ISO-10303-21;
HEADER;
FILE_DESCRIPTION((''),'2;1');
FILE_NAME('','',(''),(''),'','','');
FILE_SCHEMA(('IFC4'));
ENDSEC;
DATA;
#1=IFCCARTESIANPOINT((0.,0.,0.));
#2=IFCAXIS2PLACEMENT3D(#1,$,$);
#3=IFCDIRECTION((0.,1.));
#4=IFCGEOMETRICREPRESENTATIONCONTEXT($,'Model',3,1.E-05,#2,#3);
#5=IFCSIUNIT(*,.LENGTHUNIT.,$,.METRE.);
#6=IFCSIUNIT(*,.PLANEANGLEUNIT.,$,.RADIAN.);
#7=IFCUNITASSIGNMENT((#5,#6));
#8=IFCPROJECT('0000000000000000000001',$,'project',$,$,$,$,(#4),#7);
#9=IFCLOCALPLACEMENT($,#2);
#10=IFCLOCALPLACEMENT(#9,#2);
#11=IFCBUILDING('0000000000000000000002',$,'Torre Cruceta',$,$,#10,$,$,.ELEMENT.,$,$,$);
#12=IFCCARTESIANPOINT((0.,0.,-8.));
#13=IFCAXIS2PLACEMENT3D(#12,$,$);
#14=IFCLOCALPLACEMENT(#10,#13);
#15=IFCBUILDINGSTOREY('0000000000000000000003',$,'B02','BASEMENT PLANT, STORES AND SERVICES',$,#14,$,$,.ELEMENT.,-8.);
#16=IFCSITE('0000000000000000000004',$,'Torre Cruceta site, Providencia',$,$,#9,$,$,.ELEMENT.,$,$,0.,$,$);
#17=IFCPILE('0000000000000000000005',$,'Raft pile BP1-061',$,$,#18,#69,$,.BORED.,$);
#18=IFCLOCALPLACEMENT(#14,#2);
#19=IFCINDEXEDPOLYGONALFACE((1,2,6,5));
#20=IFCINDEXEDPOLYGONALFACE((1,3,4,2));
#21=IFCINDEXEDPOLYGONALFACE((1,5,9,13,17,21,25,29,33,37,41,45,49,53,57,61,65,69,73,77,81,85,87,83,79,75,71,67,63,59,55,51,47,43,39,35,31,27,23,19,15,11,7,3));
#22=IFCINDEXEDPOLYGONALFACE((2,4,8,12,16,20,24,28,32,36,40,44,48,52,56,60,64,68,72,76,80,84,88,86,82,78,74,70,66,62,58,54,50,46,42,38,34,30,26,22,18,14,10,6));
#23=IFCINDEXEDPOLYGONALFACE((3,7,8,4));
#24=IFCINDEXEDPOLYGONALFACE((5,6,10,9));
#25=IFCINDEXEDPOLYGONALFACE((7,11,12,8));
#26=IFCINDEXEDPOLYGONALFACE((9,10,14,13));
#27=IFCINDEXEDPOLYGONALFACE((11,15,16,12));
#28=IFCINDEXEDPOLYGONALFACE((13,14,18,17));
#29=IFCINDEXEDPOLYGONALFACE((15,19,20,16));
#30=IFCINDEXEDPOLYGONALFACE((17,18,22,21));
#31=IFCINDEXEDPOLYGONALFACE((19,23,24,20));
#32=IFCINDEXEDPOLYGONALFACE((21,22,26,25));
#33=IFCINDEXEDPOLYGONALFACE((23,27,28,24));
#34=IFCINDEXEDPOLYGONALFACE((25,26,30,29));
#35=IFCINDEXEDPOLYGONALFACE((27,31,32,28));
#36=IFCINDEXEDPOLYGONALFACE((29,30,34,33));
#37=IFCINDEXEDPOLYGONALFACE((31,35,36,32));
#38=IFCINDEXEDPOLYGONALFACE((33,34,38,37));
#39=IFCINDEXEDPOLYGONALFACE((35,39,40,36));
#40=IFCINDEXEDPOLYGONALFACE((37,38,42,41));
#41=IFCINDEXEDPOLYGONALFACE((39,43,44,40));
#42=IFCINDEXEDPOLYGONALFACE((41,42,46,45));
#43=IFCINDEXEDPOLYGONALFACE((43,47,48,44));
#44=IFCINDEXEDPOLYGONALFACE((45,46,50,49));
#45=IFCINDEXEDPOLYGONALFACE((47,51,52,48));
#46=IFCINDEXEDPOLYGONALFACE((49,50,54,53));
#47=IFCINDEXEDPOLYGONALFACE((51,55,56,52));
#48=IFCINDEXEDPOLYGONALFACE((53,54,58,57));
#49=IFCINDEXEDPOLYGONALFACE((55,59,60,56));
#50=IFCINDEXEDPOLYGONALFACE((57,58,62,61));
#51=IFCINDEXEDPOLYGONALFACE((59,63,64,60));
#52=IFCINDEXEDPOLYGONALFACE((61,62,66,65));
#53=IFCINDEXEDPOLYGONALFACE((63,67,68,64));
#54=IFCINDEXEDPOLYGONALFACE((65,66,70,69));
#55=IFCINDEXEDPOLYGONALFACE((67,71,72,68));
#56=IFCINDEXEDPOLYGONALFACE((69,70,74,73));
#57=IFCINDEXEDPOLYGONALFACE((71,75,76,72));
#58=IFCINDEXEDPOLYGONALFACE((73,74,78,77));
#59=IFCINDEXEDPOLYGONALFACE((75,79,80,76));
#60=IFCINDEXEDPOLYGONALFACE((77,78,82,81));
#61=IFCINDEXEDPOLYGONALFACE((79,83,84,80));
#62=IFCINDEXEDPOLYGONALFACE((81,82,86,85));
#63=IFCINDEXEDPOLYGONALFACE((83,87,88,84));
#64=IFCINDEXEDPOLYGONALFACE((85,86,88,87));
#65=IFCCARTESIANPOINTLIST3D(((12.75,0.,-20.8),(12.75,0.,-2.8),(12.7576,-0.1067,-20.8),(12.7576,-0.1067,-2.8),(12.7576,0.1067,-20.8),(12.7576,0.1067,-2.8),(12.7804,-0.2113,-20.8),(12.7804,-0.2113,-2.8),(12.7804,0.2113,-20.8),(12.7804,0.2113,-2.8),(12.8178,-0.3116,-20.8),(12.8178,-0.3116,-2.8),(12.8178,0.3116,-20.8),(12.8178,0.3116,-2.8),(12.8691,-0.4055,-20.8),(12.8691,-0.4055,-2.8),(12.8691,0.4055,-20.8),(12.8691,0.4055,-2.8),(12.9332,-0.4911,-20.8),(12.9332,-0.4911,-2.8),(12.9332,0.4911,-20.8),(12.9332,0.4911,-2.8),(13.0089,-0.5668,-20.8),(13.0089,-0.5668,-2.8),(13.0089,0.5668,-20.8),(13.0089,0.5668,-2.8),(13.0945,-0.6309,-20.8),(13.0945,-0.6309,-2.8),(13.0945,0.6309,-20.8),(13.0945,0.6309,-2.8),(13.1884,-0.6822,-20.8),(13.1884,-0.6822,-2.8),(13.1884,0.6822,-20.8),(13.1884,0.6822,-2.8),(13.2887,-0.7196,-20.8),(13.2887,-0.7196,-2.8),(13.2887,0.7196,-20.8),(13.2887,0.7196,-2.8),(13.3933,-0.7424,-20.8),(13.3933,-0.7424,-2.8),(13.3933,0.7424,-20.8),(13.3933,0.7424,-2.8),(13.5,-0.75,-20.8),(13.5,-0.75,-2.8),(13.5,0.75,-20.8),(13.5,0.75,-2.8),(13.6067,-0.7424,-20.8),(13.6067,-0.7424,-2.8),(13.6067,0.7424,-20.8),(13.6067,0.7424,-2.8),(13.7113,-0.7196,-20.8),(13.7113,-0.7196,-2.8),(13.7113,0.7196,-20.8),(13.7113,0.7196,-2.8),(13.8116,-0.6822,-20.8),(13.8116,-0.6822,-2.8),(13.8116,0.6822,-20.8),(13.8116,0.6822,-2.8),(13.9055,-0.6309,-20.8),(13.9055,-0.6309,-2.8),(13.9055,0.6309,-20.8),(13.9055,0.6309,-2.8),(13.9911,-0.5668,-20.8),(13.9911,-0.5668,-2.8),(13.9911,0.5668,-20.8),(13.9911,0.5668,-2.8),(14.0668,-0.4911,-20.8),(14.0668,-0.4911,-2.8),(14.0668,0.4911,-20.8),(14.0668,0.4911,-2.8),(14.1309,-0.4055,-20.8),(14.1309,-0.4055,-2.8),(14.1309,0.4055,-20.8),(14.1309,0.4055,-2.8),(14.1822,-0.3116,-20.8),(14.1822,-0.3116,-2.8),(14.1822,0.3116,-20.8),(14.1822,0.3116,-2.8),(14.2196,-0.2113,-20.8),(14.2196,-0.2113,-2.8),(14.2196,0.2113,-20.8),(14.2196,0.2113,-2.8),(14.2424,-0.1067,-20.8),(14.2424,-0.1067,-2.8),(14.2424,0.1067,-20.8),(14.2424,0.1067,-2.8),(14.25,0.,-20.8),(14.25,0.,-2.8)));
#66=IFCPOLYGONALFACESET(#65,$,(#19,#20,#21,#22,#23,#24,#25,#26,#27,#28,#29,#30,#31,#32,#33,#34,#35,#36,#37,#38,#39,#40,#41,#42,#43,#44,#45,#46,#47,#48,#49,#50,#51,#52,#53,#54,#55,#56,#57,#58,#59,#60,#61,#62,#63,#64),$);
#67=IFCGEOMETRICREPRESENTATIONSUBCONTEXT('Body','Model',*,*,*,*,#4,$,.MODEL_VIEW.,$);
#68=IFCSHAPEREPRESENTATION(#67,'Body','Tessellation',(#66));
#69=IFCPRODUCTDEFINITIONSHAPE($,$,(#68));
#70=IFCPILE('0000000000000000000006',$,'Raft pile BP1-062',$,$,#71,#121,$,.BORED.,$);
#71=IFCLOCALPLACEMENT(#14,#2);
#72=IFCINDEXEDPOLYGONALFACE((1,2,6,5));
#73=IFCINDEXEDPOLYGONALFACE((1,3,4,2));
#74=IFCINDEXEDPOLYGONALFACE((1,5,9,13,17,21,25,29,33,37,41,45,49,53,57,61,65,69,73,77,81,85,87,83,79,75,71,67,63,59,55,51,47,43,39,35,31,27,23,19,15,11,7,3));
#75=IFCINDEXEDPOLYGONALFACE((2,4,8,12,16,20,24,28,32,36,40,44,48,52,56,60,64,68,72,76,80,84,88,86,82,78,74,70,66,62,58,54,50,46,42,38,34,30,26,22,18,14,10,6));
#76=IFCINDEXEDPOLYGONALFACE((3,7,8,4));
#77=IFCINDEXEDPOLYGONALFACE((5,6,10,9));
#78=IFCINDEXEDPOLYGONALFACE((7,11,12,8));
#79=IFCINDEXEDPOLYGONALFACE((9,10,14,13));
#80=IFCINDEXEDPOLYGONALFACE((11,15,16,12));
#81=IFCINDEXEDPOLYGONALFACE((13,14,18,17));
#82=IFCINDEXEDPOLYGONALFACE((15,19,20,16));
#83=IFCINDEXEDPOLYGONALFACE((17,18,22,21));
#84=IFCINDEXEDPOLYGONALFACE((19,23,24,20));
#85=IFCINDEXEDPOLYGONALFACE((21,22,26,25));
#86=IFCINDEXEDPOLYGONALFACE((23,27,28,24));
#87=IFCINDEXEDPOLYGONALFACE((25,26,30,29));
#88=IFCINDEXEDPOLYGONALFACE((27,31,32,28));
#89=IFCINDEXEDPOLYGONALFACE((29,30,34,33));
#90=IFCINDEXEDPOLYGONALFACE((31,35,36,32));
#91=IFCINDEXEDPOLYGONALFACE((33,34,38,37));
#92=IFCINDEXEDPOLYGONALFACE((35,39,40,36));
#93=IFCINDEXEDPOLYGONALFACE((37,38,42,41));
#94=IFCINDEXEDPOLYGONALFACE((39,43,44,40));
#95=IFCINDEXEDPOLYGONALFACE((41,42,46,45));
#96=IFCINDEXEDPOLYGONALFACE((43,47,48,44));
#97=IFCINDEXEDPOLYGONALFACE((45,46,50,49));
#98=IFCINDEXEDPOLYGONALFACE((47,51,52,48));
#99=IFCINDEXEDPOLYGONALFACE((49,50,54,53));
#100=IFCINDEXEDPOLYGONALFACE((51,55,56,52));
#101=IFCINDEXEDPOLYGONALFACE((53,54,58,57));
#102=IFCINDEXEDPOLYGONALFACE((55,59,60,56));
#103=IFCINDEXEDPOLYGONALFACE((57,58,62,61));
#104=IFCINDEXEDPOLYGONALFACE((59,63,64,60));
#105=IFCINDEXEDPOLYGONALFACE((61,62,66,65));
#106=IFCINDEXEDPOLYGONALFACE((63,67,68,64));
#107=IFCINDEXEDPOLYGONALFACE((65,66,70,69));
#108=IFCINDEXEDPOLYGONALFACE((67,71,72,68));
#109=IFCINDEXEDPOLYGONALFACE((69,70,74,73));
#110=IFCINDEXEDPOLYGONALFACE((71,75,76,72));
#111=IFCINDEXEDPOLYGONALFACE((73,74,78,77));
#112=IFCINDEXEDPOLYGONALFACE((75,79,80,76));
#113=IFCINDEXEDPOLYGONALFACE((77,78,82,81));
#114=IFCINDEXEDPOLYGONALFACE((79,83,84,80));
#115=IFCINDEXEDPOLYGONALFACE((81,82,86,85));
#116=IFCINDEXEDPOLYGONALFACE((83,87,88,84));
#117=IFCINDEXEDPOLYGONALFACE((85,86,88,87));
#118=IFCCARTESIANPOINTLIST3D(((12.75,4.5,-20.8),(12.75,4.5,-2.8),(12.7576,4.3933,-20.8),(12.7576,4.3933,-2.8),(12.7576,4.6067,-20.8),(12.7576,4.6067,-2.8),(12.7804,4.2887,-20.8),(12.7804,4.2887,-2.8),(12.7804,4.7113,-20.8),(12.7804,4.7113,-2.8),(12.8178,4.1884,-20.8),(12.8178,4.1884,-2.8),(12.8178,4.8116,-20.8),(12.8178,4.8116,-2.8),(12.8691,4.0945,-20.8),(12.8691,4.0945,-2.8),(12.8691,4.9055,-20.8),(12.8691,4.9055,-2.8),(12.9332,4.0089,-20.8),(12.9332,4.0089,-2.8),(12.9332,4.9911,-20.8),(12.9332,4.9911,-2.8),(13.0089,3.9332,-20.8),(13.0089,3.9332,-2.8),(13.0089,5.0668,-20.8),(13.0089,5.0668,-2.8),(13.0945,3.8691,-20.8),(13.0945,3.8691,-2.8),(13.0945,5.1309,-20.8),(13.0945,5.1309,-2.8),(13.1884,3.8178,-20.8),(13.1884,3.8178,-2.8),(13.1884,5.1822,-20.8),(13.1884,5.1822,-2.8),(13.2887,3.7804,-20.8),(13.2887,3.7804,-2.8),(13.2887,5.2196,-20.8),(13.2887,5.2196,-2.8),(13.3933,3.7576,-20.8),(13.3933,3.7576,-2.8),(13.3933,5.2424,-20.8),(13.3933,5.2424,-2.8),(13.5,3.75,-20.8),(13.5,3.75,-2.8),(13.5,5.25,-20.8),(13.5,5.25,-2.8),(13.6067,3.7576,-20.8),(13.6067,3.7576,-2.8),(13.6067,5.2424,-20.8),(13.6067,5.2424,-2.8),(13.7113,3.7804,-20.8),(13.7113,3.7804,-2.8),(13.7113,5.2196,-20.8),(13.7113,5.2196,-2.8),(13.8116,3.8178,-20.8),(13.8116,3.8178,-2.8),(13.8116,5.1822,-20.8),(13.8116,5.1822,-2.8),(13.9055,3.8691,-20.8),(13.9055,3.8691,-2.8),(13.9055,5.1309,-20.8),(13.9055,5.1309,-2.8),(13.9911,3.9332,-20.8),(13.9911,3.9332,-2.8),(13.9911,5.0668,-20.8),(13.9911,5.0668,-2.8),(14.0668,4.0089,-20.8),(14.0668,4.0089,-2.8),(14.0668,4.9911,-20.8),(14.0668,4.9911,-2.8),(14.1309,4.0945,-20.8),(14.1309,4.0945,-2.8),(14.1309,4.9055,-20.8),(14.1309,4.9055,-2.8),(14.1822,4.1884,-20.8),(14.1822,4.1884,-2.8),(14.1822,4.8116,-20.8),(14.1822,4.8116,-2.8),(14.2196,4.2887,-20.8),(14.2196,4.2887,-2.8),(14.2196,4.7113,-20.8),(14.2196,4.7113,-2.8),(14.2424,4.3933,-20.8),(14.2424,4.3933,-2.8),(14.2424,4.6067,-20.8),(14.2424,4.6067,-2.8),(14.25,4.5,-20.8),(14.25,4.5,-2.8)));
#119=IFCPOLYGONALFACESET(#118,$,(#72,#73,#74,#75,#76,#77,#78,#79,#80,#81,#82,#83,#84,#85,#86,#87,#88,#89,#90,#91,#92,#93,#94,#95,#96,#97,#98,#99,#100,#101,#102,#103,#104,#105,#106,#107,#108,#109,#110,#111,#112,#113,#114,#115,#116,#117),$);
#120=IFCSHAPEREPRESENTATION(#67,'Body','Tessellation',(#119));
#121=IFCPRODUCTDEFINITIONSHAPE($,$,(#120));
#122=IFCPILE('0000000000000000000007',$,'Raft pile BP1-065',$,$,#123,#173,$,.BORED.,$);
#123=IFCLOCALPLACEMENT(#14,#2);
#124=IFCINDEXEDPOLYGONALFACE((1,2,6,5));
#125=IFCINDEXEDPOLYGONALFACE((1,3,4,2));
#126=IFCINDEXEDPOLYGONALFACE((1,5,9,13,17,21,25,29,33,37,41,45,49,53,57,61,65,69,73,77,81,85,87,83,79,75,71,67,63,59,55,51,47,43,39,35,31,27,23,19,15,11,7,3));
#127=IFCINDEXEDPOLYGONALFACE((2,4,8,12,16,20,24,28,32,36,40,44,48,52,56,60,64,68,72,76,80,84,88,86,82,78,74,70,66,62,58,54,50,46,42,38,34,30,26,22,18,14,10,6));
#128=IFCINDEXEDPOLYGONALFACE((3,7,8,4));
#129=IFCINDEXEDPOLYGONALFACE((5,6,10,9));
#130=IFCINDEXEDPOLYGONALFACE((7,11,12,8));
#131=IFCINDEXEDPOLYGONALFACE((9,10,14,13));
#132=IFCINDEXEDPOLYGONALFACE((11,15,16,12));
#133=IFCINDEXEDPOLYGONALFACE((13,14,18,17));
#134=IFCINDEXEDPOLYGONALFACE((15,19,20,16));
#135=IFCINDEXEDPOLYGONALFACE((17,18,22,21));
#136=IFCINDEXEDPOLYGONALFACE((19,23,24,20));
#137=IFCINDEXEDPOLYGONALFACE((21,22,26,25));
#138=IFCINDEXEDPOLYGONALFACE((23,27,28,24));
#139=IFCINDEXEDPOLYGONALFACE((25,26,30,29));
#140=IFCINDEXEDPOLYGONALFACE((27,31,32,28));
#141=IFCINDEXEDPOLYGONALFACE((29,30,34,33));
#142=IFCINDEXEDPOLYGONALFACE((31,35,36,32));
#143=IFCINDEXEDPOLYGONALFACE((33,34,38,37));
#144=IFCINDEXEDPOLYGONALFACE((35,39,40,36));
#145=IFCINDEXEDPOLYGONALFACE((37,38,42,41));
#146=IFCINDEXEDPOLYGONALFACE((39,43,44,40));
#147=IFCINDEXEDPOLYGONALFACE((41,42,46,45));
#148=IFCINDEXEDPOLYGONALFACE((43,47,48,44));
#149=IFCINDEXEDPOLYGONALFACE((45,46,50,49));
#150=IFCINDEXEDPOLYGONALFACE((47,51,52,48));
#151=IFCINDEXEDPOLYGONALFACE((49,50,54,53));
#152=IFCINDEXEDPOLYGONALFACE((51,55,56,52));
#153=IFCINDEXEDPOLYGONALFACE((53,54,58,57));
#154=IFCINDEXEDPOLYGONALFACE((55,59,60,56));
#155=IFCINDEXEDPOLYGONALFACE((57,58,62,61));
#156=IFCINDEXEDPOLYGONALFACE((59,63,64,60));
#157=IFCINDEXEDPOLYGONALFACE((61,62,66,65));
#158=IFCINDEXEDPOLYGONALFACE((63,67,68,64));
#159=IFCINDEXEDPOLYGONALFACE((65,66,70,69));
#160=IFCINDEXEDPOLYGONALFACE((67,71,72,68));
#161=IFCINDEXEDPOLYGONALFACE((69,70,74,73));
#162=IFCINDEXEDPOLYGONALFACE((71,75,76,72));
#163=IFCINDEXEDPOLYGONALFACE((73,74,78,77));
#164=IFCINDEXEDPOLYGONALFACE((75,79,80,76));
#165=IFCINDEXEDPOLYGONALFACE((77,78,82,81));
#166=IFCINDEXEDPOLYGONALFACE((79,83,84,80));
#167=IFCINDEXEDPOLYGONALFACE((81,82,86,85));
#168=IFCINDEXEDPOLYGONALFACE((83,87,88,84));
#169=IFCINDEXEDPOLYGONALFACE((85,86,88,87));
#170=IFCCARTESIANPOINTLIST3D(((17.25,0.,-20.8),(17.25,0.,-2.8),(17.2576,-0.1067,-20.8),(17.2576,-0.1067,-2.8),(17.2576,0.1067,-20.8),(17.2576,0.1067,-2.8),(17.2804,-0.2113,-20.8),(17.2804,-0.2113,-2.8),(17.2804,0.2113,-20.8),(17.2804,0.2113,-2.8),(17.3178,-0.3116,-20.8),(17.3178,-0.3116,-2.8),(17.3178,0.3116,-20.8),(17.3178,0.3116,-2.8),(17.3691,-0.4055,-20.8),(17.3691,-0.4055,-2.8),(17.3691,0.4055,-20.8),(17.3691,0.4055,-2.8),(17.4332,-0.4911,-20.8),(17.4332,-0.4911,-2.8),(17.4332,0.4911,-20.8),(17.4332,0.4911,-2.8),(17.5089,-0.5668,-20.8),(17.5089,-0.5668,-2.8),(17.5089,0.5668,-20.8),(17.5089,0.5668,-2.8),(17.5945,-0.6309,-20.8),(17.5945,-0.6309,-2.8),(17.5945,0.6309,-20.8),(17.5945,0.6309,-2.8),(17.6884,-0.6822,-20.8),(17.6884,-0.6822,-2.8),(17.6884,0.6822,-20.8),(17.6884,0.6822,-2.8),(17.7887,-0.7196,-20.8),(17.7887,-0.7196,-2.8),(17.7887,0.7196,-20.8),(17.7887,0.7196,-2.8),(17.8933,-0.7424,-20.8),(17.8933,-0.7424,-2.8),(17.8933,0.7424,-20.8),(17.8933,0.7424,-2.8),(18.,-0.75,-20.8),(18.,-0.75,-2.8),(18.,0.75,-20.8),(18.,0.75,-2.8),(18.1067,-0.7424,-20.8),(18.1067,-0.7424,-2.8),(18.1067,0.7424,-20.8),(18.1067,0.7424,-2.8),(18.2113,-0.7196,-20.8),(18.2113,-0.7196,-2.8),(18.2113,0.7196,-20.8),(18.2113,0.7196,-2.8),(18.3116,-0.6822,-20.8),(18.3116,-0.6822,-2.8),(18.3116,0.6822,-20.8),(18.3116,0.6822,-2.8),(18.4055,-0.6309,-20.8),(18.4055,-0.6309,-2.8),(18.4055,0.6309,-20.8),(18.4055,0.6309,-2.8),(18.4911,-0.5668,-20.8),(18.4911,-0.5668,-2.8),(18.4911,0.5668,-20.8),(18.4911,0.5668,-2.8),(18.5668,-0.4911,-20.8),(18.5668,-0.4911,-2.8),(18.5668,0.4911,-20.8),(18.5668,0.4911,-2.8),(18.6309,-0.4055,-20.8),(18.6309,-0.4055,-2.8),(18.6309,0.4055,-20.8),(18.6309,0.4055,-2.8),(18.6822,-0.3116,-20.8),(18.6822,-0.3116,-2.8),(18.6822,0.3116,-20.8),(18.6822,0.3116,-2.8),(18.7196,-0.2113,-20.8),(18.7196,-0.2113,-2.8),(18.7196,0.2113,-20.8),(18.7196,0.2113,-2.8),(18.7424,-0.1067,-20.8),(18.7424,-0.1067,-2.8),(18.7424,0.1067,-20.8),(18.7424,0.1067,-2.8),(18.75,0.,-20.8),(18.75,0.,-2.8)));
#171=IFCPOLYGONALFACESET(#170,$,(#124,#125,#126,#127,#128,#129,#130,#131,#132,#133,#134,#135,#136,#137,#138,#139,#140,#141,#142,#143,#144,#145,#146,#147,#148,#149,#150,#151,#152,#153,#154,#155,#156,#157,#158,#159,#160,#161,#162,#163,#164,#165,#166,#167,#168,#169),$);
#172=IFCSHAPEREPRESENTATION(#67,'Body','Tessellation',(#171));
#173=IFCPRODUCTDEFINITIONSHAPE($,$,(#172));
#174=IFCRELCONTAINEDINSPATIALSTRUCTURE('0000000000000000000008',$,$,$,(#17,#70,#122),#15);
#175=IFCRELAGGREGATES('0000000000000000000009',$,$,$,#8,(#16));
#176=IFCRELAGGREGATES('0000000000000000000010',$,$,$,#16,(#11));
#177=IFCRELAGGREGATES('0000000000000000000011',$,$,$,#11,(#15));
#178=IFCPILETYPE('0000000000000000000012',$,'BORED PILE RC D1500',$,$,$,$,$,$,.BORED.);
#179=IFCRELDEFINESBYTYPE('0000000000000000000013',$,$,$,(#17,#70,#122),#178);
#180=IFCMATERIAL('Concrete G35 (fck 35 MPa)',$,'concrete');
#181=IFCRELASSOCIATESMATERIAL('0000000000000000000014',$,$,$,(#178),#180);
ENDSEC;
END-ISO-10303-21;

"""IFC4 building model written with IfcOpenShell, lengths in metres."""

from ifc_helpers import new_model, si_unit, direction, frame, origin, origin_2d, place, context, subcontext, project, spatial, circle, extrude, material, material_profile, profile_set, type_object, element, save


model = new_model("IFC4")

# Units and contexts
model_context = context("Model", 3, precision=1e-05, world=origin(), true_north=direction((0.0, 1.0)))
body_context = subcontext(model_context, "Body", "Model", "MODEL_VIEW")
ifc_project = project(units=[si_unit("LENGTHUNIT", "METRE"), si_unit("PLANEANGLEUNIT", "RADIAN")], contexts=[model_context])

# Site, building, storey
site_placement = place(None, origin())
site = spatial("IfcSite", under=ifc_project, at=site_placement, Name="Torre Cruceta site, Providencia", CompositionType="ELEMENT", RefElevation=0.0)
building_placement = place(site_placement, origin())
building = spatial("IfcBuilding", under=site, at=building_placement, Name="Torre Cruceta", CompositionType="ELEMENT")
storey_placement = place(building_placement, frame((0.0, 0.0, -8.0)))
storey = spatial("IfcBuildingStorey", under=building, at=storey_placement, Name="B02", Description="BASEMENT PLANT, STORES AND SERVICES", CompositionType="ELEMENT", Elevation=-8.0)

# Piles
ifc_material_1 = material(Name="Concrete G35 (fck 35 MPa)", Category="concrete")
ifc_material_profile_1 = material_profile(ifc_material_1, circle(Radius=0.75, at=origin_2d()), Name="RC D1500")
ifc_profile_set_1 = profile_set([ifc_material_profile_1], Name="Concrete G35 (fck 35 MPa)")
pile_type_1 = type_object("IfcPileType", Name="BORED PILE RC D1500", PredefinedType="BORED", material=ifc_profile_set_1)
for number, where, z_axis, x_axis, name in (
    (1, (13.5, 0.0, -2.8), (0.0, 0.0, -1.0), (1.0, 0.0, 0.0), "Raft pile BP1-061"),
    (2, (13.5, 4.5, -2.8), (0.0, 0.0, -1.0), (1.0, 0.0, 0.0), "Raft pile BP1-062"),
    (3, (18.0, 0.0, -2.8), (0.0, 0.0, -1.0), (1.0, 0.0, 0.0), "Raft pile BP1-065"),
):
    element("IfcPile", number, at=place(storey_placement, frame(where, z_axis=z_axis, x_axis=x_axis)), inside=storey, type_object=pile_type_1, Name=name, PredefinedType="BORED", context=body_context, shape_type="SweptSolid", body=[
        extrude(circle(Radius=0.75, at=origin_2d()), origin(), (0.0, 0.0, 1.0), 18.0),
    ])

save(model, "model.ifc")
